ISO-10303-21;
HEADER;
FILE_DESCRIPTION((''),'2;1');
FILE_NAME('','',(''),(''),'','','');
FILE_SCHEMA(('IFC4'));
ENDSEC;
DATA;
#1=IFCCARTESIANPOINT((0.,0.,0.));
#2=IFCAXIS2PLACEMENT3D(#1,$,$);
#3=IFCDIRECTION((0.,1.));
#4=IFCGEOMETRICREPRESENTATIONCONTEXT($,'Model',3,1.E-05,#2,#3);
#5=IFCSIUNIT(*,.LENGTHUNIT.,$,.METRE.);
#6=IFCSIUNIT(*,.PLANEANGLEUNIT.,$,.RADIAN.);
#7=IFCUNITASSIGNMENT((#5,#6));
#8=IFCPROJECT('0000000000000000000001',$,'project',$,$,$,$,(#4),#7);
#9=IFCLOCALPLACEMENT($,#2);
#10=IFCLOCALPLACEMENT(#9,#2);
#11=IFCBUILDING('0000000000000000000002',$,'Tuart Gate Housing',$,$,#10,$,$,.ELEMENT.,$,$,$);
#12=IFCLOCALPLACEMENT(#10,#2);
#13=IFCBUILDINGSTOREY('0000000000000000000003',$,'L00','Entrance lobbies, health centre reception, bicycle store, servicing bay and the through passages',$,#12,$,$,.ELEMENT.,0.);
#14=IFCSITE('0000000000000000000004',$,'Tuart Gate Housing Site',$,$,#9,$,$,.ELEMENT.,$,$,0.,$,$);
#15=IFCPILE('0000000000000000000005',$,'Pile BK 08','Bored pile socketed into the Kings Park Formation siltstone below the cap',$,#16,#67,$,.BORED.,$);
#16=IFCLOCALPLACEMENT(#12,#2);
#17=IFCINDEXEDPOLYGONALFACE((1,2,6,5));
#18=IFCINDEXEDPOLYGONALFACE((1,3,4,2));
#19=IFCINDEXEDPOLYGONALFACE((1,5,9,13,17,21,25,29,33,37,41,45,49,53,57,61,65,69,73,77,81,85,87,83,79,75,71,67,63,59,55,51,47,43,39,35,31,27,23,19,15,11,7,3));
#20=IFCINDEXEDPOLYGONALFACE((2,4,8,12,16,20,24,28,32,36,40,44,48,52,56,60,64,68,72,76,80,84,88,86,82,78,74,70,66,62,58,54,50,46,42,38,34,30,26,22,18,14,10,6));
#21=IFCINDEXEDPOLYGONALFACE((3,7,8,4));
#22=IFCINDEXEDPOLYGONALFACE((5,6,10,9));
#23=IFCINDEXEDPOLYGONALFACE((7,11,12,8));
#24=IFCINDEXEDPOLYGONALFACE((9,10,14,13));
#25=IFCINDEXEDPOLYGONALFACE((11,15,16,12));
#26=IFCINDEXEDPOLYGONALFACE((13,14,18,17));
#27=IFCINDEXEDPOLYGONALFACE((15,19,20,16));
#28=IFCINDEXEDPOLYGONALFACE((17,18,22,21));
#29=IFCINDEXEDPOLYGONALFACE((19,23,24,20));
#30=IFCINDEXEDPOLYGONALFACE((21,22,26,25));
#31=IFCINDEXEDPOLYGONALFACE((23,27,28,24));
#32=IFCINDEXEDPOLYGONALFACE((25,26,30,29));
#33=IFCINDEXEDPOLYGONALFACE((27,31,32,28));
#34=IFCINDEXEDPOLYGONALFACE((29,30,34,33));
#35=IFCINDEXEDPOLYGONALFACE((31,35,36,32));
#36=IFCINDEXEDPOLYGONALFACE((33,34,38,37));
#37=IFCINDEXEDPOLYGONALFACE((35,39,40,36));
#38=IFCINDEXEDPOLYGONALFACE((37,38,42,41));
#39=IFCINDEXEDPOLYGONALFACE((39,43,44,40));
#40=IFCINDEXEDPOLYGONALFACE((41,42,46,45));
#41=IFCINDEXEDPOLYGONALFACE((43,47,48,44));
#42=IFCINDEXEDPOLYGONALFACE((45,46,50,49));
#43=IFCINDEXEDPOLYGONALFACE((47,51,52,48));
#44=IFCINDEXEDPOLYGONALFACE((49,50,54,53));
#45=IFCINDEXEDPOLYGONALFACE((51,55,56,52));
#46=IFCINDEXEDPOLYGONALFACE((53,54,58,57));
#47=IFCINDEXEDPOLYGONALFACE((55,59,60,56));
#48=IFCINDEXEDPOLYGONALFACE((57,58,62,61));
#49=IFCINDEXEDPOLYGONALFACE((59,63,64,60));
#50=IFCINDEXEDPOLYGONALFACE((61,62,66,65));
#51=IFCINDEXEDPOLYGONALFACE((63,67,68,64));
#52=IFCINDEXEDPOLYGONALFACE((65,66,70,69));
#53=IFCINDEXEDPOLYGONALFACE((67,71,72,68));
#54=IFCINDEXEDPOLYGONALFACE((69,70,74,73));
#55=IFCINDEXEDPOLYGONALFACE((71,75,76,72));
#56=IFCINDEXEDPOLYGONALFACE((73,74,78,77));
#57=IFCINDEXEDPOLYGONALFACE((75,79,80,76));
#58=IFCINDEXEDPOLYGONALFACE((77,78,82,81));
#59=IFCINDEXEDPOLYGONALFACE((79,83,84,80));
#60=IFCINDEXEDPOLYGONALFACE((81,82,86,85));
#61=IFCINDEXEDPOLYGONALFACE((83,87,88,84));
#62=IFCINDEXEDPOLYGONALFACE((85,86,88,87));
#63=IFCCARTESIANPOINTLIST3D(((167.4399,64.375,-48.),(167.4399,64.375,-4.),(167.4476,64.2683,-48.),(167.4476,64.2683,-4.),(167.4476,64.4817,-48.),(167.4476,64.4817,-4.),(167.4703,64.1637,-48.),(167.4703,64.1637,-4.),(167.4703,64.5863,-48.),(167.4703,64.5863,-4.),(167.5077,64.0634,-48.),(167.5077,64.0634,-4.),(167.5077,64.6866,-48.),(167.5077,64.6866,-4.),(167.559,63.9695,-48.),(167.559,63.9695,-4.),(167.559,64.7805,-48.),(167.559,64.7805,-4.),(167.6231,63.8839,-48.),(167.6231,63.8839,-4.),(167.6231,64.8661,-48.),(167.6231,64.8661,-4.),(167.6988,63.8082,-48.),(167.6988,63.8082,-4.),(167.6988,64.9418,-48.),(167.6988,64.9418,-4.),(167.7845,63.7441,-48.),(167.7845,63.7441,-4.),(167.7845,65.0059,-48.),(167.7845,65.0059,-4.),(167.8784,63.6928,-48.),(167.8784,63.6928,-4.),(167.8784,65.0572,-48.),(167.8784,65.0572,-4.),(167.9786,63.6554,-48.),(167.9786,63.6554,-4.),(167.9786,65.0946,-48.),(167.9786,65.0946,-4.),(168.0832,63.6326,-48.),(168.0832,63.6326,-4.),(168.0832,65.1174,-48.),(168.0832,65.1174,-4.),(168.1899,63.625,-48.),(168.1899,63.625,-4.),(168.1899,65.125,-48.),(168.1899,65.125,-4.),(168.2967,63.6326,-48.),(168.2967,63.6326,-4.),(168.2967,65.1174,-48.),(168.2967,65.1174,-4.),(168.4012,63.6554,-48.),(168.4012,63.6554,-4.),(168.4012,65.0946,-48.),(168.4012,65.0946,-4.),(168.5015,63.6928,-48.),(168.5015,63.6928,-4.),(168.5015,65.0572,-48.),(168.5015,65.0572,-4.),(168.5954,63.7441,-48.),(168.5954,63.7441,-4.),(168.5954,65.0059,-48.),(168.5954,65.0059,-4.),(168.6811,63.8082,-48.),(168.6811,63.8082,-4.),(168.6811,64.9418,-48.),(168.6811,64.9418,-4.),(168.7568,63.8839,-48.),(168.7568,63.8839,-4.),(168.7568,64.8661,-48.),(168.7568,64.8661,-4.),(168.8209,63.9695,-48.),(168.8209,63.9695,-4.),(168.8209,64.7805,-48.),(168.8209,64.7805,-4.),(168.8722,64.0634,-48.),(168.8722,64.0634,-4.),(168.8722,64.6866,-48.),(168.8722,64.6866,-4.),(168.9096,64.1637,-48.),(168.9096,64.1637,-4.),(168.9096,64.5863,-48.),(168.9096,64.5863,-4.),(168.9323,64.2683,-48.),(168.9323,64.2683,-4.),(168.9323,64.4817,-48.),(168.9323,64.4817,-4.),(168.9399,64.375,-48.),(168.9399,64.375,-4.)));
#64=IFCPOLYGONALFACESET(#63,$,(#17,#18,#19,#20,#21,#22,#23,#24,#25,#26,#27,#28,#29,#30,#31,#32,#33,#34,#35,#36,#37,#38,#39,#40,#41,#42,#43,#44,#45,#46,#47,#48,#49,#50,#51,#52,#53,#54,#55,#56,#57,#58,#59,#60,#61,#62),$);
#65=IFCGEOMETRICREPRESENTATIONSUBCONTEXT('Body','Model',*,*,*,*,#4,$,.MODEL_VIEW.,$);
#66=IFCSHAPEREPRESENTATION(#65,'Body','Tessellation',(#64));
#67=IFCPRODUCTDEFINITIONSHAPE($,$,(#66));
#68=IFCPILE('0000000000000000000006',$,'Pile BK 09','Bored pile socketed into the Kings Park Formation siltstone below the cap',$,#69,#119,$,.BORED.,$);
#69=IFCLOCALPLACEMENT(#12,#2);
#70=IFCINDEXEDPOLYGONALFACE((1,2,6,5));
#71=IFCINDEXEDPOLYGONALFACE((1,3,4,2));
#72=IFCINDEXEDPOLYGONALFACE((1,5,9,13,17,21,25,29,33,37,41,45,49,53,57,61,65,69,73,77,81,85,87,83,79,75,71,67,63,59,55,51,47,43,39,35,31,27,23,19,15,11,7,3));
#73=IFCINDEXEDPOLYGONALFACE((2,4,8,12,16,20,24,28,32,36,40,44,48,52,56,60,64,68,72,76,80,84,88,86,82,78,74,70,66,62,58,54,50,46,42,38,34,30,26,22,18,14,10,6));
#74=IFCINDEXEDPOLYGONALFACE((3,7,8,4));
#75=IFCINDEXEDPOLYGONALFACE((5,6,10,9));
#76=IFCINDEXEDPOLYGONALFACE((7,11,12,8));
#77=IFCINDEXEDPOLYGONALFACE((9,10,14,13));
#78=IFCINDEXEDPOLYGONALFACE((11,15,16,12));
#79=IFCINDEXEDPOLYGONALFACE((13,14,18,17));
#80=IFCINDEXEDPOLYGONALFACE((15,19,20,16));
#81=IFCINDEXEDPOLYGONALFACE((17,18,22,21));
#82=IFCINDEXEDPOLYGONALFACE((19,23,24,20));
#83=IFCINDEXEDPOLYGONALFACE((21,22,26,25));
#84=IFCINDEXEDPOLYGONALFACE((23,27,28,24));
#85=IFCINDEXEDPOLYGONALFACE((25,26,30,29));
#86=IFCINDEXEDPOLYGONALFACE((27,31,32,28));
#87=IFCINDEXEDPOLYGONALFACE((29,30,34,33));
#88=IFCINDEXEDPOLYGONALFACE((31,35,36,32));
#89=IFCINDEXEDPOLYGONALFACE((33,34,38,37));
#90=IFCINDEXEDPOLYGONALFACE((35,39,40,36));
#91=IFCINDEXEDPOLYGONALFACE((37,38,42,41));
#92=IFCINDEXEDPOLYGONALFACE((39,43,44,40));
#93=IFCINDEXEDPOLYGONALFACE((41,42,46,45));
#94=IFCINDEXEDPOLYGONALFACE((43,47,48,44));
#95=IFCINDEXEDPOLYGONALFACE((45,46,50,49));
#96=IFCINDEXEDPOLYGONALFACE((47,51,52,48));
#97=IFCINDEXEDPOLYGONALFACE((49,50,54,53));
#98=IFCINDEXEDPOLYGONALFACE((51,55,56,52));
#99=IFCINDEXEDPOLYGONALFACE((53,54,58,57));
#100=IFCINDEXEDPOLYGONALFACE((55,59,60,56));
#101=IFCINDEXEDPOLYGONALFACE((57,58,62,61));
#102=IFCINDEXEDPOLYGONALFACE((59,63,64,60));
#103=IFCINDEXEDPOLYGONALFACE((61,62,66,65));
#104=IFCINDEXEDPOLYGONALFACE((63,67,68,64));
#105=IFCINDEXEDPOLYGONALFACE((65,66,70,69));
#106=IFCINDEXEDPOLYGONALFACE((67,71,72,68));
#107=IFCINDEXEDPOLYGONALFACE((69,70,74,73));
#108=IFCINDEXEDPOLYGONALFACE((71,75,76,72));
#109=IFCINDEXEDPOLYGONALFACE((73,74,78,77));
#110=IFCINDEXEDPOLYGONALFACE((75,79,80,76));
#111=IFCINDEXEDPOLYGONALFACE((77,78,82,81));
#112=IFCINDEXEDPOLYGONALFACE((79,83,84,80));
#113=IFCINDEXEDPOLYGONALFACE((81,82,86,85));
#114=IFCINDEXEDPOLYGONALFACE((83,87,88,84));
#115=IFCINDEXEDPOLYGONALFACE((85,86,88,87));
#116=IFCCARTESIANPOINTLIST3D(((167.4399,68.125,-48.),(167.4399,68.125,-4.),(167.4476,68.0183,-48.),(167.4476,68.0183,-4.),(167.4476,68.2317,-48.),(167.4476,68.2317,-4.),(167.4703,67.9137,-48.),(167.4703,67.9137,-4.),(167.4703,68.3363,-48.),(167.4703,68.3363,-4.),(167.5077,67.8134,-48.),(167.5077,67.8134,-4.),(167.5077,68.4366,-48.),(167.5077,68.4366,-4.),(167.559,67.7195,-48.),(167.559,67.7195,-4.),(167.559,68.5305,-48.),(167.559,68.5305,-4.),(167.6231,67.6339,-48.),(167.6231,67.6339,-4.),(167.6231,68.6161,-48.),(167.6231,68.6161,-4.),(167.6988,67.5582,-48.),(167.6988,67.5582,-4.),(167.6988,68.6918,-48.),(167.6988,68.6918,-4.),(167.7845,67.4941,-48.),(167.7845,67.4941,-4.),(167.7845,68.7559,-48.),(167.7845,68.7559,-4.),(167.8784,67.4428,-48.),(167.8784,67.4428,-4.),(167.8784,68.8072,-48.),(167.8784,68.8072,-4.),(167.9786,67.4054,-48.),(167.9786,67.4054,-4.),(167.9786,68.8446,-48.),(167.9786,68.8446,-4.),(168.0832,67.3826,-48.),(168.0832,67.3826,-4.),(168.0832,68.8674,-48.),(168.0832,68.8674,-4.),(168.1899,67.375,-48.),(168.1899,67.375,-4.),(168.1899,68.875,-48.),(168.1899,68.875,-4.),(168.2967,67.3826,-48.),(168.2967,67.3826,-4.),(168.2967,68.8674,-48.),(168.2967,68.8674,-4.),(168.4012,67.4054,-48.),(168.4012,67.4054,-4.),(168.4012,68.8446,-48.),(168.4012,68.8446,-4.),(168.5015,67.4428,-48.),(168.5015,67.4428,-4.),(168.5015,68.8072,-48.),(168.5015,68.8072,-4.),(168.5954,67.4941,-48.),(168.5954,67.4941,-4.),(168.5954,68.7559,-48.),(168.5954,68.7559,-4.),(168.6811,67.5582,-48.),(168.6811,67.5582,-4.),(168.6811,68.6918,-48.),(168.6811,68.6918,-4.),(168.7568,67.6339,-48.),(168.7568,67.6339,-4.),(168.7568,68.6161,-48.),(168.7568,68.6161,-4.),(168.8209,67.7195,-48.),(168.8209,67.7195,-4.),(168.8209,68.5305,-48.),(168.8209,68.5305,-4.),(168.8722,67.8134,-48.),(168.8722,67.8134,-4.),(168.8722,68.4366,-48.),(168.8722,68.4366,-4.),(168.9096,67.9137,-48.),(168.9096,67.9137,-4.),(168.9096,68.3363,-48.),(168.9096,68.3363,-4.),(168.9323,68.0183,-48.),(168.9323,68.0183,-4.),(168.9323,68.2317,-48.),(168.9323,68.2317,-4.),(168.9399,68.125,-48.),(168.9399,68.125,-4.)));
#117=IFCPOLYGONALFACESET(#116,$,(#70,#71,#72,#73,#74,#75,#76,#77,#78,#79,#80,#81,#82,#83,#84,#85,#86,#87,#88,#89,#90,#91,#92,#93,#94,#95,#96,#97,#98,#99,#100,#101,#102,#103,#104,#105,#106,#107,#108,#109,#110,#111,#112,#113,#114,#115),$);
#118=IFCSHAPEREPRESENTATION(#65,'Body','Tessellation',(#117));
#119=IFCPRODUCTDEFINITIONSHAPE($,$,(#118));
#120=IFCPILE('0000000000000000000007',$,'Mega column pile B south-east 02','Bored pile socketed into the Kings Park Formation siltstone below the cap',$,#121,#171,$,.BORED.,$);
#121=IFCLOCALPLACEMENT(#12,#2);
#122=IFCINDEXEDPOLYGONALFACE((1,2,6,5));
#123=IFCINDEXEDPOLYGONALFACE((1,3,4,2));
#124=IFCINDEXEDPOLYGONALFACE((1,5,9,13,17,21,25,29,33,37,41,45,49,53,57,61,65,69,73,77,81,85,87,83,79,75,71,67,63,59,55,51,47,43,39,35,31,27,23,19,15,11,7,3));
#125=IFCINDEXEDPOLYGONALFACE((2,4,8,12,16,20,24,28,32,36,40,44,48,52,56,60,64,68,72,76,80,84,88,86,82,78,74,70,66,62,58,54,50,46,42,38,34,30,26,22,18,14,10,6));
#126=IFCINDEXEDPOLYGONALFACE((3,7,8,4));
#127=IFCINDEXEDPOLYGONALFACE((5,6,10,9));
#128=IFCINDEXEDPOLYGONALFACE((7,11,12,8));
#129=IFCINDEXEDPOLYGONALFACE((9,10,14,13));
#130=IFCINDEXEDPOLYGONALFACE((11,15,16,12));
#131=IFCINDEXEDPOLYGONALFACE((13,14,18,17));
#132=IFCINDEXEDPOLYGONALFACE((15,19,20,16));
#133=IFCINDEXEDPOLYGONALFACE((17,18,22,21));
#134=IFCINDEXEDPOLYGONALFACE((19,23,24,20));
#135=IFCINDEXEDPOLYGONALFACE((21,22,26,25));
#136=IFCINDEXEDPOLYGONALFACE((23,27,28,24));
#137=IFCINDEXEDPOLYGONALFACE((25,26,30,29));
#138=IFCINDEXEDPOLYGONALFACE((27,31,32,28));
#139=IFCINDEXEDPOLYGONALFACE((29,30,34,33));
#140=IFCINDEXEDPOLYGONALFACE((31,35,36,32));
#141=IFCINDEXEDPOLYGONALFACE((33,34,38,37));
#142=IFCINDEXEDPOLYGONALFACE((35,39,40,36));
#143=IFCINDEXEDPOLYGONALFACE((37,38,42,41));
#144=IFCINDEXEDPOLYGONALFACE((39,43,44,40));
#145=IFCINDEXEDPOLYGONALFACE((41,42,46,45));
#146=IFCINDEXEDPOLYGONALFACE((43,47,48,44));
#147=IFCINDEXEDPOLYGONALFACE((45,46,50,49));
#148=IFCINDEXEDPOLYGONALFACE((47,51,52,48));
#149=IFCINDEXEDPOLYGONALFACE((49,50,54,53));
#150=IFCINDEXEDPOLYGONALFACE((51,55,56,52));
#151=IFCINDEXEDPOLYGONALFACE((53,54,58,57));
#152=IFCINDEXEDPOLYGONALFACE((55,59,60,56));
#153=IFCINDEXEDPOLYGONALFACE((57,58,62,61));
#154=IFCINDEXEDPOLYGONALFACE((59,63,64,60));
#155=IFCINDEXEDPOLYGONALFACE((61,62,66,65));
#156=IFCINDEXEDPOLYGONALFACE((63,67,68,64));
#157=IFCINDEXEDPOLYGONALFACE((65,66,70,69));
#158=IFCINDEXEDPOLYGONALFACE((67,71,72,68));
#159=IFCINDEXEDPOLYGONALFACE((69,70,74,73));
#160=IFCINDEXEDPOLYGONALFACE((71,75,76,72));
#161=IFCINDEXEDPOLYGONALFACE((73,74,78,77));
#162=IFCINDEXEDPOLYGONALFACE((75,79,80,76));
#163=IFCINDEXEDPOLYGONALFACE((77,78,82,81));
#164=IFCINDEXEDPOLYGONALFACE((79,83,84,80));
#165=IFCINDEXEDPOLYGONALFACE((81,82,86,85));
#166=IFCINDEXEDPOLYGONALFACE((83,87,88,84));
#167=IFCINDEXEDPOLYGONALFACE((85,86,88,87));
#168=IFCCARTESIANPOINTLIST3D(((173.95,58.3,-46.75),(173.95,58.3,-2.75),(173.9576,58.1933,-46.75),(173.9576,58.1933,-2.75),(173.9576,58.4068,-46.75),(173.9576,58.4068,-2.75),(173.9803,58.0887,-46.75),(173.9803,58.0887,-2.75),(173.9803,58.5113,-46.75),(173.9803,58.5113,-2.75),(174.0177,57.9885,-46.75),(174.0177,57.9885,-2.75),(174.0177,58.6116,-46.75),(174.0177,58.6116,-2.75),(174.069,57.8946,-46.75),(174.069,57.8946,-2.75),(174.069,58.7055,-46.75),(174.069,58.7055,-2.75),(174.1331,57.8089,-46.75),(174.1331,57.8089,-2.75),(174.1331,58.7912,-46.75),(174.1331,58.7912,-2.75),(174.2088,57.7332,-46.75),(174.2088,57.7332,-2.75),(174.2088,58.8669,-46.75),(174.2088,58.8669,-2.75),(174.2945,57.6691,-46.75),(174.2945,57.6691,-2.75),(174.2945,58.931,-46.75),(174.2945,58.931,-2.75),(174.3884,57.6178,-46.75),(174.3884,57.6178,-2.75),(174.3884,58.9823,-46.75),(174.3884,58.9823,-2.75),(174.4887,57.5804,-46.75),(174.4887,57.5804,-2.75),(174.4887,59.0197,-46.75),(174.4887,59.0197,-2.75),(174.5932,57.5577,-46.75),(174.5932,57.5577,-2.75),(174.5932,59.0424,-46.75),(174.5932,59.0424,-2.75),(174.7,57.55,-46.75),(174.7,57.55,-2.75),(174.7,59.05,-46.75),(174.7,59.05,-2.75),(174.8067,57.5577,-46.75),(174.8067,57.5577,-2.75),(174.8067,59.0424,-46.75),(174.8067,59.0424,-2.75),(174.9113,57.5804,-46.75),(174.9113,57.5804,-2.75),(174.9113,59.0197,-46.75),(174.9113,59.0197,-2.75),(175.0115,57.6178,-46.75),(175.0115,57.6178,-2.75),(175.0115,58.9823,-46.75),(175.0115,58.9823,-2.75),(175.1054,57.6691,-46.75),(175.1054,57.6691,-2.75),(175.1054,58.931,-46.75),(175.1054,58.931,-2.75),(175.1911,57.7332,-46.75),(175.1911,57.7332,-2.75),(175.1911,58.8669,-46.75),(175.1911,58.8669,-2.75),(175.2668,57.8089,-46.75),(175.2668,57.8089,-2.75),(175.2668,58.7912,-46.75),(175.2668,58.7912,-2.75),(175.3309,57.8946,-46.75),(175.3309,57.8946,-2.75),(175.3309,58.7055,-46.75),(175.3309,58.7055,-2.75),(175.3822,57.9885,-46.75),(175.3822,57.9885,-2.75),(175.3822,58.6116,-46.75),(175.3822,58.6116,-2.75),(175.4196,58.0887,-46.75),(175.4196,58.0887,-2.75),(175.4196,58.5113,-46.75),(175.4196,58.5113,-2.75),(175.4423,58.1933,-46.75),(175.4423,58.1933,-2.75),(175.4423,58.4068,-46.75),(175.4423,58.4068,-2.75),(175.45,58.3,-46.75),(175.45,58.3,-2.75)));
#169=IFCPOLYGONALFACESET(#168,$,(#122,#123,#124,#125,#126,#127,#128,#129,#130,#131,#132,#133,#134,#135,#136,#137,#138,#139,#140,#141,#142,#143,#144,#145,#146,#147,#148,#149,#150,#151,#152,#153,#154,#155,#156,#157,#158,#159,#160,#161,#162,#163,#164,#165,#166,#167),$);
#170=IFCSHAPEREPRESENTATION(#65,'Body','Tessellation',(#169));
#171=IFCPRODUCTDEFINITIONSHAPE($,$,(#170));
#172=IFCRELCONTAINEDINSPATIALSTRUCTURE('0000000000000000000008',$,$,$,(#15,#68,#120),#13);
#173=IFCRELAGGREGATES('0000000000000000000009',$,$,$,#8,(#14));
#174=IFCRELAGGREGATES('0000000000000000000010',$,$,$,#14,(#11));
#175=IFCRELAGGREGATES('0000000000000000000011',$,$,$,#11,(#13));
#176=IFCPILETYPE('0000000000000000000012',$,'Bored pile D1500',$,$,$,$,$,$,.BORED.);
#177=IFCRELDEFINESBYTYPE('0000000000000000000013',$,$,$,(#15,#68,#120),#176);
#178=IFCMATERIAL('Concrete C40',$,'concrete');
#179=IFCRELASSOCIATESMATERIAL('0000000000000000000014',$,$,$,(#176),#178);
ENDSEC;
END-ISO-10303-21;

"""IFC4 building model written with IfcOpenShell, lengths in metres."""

from ifc_helpers import new_model, si_unit, direction, frame, origin, origin_2d, place, context, subcontext, project, spatial, circle, extrude, material, material_profile, profile_set, type_object, element, save


model = new_model("IFC4")

# Units and contexts
model_context = context("Model", 3, precision=1e-05, world=origin(), true_north=direction((0.0, 1.0)))
body_context = subcontext(model_context, "Body", "Model", "MODEL_VIEW")
ifc_project = project(units=[si_unit("LENGTHUNIT", "METRE"), si_unit("PLANEANGLEUNIT", "RADIAN")], contexts=[model_context])

# Site, building, storey
site_placement = place(None, origin())
site = spatial("IfcSite", under=ifc_project, at=site_placement, Name="Tuart Gate Housing Site", CompositionType="ELEMENT", RefElevation=0.0)
building_placement = place(site_placement, origin())
building = spatial("IfcBuilding", under=site, at=building_placement, Name="Tuart Gate Housing", CompositionType="ELEMENT")
storey_placement = place(building_placement, origin())
storey = spatial("IfcBuildingStorey", under=building, at=storey_placement, Name="L00", Description="Entrance lobbies, health centre reception, bicycle store, servicing bay and the through passages", CompositionType="ELEMENT", Elevation=0.0)

# Piles
ifc_material_1 = material(Name="Concrete C40", Category="concrete")
ifc_material_profile_1 = material_profile(ifc_material_1, circle(Radius=0.75, at=origin_2d()), Name="Bored pile D1500")
ifc_profile_set_1 = profile_set([ifc_material_profile_1], Name="Concrete C40")
pile_type = type_object("IfcPileType", Name="Bored pile D1500", PredefinedType="BORED", material=ifc_profile_set_1)
for number, where, z_axis, x_axis, name in (
    (1, (168.1899, 64.375, -4.0), (0.0, 0.0, -1.0), (1.0, 0.0, 0.0), "Pile BK 08"),
    (2, (168.1899, 68.125, -4.0), (0.0, 0.0, -1.0), (1.0, 0.0, 0.0), "Pile BK 09"),
    (3, (174.7, 58.3, -2.75), (0.0, 0.0, -1.0), (1.0, 0.0, 0.0), "Mega column pile B south-east 02"),
):
    element("IfcPile", number, at=place(storey_placement, frame(where, z_axis=z_axis, x_axis=x_axis)), inside=storey, type_object=pile_type, Name=name, Description="Bored pile socketed into the Kings Park Formation siltstone below the cap", PredefinedType="BORED", context=body_context, shape_type="SweptSolid", body=[
        extrude(circle(Radius=0.75, at=origin_2d()), origin(), (0.0, 0.0, 1.0), 44.0),
    ])

save(model, "model.ifc")
